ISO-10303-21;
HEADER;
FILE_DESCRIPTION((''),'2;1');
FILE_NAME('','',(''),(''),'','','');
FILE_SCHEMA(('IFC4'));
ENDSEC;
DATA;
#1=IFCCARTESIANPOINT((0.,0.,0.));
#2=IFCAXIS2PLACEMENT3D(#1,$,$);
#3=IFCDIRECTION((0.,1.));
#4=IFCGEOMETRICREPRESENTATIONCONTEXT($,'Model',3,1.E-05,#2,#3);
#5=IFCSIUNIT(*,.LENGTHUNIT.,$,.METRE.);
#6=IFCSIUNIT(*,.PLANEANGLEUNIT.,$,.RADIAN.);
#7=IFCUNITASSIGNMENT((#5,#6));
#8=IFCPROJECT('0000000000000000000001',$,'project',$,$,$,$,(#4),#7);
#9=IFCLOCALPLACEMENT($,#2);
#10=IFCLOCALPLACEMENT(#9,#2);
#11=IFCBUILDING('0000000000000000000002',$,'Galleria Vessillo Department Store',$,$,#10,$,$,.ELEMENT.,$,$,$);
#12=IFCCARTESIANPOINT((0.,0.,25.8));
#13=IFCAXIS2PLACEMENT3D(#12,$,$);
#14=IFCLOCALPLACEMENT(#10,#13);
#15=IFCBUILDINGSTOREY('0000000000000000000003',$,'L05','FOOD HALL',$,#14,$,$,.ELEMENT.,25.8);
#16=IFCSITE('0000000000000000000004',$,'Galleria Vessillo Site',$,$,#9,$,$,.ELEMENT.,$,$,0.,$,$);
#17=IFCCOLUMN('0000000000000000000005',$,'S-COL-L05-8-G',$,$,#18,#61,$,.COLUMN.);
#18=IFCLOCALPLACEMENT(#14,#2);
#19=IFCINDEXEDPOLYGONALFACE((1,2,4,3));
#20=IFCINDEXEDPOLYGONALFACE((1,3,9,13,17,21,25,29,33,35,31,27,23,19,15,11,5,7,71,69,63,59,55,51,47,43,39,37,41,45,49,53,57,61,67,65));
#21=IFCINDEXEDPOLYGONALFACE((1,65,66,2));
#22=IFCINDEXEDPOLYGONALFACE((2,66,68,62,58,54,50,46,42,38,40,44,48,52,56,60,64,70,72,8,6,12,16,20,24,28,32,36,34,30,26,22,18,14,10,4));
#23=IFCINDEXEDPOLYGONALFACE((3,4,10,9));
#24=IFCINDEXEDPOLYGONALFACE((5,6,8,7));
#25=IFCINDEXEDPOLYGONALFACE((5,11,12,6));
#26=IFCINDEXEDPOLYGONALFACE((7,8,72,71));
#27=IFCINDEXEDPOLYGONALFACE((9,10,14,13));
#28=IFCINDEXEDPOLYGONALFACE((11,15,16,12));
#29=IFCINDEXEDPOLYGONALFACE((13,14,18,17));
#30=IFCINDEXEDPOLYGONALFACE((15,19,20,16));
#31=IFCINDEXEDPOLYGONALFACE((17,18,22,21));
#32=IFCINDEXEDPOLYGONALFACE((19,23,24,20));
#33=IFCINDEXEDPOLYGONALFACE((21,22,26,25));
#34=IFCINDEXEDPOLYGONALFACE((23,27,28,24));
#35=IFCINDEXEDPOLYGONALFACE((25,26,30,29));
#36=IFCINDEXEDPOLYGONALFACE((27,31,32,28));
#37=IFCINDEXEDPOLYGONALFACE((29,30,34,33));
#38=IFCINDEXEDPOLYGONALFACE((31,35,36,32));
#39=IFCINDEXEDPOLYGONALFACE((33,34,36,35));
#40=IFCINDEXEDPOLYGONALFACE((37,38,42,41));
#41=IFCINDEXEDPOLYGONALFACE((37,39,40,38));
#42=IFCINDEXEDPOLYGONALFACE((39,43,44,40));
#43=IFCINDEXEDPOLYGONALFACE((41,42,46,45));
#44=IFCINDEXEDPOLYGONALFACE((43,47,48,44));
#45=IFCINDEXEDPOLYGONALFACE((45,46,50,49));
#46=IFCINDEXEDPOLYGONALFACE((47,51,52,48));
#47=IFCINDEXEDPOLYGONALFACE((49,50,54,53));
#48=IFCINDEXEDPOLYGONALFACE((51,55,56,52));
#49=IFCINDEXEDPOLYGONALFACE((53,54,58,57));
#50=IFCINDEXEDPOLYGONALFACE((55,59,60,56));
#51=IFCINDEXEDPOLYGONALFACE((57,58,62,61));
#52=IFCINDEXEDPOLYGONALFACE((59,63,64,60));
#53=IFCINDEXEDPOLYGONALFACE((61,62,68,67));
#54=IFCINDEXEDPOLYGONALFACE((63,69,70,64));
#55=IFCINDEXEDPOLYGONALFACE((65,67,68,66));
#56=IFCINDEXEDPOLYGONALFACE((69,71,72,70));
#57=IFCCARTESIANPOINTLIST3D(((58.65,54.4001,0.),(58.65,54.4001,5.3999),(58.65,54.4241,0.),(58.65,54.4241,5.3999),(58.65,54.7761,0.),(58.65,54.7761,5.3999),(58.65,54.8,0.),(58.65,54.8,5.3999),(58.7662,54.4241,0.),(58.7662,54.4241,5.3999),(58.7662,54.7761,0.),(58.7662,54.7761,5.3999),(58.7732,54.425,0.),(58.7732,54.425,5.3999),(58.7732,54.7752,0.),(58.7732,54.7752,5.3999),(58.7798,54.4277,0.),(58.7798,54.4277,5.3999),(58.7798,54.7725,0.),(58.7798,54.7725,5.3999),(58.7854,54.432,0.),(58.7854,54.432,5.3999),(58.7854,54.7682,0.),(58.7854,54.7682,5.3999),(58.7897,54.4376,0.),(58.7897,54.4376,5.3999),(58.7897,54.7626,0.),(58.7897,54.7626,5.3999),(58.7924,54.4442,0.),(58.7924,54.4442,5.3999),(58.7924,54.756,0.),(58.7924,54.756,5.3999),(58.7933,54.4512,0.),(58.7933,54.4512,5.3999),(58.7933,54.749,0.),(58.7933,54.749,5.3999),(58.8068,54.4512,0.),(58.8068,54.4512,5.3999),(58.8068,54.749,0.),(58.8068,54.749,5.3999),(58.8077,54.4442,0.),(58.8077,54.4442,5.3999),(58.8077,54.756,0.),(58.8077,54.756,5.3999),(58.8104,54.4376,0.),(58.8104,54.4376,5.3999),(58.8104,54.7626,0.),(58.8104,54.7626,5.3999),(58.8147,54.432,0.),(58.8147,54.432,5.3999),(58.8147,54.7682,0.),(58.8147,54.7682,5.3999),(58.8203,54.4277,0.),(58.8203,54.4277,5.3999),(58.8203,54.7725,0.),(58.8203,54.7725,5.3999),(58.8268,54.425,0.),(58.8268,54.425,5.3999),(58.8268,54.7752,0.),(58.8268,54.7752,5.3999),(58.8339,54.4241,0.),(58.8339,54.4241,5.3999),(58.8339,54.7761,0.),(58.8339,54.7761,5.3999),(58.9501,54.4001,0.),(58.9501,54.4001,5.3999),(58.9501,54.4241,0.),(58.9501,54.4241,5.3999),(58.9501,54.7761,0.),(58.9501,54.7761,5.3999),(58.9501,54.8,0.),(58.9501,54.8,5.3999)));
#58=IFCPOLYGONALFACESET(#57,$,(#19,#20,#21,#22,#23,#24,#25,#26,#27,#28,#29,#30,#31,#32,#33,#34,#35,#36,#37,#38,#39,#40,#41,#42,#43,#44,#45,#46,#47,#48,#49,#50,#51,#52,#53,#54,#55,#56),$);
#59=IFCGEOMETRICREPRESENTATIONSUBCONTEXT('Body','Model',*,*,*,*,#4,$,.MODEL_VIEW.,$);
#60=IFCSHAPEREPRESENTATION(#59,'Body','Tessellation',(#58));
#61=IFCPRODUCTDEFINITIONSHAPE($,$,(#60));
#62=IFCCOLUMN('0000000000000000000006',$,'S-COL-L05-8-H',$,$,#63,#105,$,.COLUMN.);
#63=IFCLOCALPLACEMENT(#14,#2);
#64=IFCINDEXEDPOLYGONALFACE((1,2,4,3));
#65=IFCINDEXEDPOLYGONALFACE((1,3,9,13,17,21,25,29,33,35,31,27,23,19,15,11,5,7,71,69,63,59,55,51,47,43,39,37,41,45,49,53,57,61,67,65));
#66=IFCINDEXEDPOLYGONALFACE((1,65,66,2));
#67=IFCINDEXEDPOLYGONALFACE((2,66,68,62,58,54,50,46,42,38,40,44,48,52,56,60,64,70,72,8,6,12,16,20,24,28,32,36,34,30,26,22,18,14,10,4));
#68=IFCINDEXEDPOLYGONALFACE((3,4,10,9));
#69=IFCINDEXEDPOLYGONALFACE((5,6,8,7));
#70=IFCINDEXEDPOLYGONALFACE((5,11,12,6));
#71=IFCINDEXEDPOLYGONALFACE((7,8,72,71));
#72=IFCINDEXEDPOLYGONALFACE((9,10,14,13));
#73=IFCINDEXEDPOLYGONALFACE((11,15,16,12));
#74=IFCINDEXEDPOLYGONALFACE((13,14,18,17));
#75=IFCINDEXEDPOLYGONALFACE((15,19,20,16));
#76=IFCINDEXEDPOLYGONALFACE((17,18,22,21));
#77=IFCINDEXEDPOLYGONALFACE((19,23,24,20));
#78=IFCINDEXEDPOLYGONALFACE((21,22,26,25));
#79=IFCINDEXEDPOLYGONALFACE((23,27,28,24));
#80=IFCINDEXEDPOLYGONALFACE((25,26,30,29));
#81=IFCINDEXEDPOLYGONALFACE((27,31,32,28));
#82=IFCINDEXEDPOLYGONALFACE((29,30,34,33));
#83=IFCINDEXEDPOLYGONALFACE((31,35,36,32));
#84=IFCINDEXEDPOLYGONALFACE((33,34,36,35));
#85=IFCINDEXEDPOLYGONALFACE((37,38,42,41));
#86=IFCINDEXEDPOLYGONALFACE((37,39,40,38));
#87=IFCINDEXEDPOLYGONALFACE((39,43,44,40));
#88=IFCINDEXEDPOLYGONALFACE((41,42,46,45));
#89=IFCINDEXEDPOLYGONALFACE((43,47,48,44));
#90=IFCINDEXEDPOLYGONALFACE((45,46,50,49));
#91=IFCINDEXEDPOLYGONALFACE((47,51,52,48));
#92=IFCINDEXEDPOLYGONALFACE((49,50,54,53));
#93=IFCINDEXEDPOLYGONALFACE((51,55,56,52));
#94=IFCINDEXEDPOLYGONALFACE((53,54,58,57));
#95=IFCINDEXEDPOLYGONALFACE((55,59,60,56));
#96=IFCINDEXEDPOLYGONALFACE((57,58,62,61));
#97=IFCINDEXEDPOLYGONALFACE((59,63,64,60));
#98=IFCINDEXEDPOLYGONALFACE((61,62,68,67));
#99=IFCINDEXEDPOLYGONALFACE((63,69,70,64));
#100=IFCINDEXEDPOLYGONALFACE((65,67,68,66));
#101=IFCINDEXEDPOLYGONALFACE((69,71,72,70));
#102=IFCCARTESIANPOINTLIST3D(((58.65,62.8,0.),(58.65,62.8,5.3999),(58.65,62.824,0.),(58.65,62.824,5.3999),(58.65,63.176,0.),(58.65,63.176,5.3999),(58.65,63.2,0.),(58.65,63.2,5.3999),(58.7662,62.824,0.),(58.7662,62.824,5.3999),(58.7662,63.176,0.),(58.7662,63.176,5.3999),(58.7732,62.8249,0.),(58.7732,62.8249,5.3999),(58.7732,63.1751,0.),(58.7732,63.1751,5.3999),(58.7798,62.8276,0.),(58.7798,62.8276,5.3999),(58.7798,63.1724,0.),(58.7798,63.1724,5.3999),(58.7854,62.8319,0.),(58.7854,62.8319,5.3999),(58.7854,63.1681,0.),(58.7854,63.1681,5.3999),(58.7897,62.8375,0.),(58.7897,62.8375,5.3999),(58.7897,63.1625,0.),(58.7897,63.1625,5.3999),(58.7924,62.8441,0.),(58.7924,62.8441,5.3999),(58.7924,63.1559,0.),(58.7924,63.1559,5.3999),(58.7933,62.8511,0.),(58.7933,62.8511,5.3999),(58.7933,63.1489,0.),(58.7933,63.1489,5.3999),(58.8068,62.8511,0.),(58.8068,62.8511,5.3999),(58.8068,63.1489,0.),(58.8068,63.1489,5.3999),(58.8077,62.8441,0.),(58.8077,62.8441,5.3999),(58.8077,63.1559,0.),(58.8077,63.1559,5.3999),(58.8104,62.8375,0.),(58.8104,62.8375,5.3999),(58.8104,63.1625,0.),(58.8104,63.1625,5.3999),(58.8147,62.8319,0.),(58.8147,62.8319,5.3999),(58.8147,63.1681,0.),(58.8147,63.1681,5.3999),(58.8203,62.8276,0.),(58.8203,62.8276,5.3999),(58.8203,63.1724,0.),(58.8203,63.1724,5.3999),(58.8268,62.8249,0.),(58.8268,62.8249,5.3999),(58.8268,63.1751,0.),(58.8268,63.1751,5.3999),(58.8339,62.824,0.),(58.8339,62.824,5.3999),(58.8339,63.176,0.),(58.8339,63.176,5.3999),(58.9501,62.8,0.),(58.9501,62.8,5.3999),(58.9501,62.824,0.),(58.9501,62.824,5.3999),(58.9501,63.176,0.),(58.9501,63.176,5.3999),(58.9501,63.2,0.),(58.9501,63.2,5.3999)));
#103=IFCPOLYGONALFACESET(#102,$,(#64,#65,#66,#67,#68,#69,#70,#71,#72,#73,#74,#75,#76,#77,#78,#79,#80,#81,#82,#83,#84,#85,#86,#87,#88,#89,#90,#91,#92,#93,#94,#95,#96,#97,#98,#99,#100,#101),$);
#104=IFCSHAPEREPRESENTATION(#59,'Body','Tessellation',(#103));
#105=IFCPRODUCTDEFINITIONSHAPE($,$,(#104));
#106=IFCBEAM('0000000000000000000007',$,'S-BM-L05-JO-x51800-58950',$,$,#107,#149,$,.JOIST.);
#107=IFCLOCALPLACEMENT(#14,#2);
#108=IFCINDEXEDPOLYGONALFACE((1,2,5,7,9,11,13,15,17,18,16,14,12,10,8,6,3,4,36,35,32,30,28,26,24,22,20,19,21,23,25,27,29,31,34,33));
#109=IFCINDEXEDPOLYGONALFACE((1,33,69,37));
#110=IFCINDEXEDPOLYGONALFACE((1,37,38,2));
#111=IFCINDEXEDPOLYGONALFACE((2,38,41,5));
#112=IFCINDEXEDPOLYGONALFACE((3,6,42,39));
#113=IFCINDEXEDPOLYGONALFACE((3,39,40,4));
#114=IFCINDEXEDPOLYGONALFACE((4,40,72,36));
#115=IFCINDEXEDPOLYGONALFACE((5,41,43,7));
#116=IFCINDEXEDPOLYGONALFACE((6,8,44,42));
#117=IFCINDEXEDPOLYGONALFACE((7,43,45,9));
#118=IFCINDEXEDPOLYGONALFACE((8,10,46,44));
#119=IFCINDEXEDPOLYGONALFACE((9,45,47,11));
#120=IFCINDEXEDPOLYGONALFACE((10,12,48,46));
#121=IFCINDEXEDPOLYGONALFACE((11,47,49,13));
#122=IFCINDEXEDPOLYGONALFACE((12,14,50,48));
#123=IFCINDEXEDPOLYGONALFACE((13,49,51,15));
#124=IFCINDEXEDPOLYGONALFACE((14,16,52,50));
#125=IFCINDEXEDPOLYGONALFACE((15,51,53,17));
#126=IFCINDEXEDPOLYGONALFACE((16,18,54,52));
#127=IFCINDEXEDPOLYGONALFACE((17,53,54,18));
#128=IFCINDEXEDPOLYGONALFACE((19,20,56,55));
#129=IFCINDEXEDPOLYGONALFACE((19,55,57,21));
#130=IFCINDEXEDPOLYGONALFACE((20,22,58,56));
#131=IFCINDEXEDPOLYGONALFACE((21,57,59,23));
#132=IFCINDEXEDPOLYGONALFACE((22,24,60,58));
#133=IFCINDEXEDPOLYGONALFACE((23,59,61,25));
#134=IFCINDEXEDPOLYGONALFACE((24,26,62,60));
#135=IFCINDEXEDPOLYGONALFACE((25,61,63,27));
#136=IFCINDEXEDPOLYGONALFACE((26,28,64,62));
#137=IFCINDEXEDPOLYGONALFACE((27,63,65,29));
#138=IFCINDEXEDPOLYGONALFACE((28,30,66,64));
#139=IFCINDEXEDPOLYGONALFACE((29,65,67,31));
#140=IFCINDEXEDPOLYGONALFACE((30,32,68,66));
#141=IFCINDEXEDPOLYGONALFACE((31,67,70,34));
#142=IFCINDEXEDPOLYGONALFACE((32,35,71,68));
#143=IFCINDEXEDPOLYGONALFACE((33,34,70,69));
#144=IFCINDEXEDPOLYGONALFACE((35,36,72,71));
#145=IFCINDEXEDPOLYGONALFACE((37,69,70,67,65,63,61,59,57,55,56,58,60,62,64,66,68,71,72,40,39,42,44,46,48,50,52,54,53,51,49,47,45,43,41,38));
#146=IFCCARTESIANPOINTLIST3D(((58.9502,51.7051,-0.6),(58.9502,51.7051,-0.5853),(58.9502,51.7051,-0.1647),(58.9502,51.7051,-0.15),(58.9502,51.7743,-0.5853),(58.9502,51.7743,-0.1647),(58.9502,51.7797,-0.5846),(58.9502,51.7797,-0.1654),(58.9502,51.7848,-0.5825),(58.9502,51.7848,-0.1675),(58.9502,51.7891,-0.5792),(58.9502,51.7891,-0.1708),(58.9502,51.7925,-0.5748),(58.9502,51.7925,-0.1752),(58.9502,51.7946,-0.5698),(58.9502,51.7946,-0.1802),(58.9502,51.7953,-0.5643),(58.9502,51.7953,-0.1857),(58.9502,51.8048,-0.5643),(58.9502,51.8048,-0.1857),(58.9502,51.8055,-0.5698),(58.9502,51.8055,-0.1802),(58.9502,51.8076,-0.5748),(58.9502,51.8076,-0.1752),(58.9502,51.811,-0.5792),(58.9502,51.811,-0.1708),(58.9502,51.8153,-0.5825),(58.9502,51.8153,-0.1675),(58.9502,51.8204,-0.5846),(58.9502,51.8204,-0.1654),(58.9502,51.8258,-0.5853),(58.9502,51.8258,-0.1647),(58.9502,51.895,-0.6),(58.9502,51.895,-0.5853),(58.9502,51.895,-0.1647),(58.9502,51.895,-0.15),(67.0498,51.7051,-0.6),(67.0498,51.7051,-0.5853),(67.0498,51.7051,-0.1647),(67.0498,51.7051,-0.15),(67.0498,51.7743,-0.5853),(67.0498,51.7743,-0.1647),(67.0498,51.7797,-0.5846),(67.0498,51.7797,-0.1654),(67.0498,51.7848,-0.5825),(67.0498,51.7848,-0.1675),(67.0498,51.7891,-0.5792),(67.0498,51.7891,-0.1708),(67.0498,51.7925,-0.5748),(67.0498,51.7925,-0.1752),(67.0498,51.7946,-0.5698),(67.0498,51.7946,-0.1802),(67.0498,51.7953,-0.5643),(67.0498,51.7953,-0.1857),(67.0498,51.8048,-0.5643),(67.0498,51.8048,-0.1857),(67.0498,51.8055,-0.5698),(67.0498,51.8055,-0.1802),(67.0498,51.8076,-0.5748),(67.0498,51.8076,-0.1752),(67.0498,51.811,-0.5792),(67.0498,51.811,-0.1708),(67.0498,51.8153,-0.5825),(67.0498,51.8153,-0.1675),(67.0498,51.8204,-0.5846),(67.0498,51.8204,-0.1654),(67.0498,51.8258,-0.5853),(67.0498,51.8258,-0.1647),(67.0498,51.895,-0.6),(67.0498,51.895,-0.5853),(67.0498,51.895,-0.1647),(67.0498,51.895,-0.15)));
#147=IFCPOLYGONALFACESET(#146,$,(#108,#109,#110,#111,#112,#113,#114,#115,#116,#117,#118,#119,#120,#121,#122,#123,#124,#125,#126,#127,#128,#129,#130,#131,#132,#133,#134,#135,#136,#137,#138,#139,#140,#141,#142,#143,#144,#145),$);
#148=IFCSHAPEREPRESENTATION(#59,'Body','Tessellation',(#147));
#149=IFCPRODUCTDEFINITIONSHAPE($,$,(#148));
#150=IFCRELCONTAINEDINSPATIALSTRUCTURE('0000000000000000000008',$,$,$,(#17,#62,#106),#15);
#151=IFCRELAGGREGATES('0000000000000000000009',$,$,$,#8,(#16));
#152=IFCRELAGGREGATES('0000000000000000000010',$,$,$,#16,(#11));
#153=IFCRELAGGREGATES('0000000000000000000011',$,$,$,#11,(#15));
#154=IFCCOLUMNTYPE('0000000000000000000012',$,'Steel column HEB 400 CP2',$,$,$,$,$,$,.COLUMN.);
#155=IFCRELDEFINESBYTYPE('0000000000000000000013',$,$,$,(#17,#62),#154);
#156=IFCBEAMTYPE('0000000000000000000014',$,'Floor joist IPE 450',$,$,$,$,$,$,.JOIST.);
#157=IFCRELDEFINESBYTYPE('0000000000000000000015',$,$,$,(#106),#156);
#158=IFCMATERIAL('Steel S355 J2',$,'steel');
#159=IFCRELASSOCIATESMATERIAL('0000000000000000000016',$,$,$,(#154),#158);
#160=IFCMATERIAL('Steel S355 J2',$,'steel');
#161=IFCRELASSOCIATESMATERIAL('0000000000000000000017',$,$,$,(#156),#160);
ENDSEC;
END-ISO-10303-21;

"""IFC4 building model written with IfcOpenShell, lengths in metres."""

from ifc_helpers import new_model, si_unit, direction, frame, origin, origin_2d, place, context, subcontext, project, spatial, i_section, extrude, material, material_profile, profile_set, type_object, element, save


model = new_model("IFC4")

# Units and contexts
model_context = context("Model", 3, precision=1e-05, world=origin(), true_north=direction((0.0, 1.0)))
body_context = subcontext(model_context, "Body", "Model", "MODEL_VIEW")
ifc_project = project(units=[si_unit("LENGTHUNIT", "METRE"), si_unit("PLANEANGLEUNIT", "RADIAN")], contexts=[model_context])

# Site, building, storey
site_placement = place(None, origin())
site = spatial("IfcSite", under=ifc_project, at=site_placement, Name="Galleria Vessillo Site", CompositionType="ELEMENT", RefElevation=0.0)
building_placement = place(site_placement, origin())
building = spatial("IfcBuilding", under=site, at=building_placement, Name="Galleria Vessillo Department Store", CompositionType="ELEMENT")
storey_placement = place(building_placement, frame((0.0, 0.0, 25.8)))
storey = spatial("IfcBuildingStorey", under=building, at=storey_placement, Name="L05", Description="FOOD HALL", CompositionType="ELEMENT", Elevation=25.8)

# Columns
ifc_material_1 = material(Name="Steel S355 J2", Category="steel")
ifc_material_profile_1 = material_profile(ifc_material_1, i_section(OverallWidth=0.3, OverallDepth=0.3999, WebThickness=0.0134, FlangeThickness=0.0239, FilletRadius=0.0271, at=origin_2d()), Name="HEB 400")
ifc_profile_set_1 = profile_set([ifc_material_profile_1], Name="Steel S355 J2")
column_type = type_object("IfcColumnType", Name="Steel column HEB 400 CP2", PredefinedType="COLUMN", material=ifc_profile_set_1)
for number, where, z_axis, x_axis, name in (
    (1, (58.8, 54.6001, 0.0), (0.0, 0.0, 1.0), (1.0, 0.0, 0.0), "S-COL-L05-8-G"),
    (2, (58.8, 63.0, 0.0), (0.0, 0.0, 1.0), (1.0, 0.0, 0.0), "S-COL-L05-8-H"),
):
    element("IfcColumn", number, at=place(storey_placement, frame(where, z_axis=z_axis, x_axis=x_axis)), inside=storey, type_object=column_type, Name=name, PredefinedType="COLUMN", context=body_context, shape_type="SweptSolid", body=[
        extrude(i_section(OverallWidth=0.3, OverallDepth=0.3999, WebThickness=0.0134, FlangeThickness=0.0239, FilletRadius=0.0271, at=origin_2d()), origin(), (0.0, 0.0, 1.0), 5.3999),
    ])

# Beam
ifc_material_2 = material(Name="Steel S355 J2", Category="steel")
ifc_material_profile_2 = material_profile(ifc_material_2, i_section(OverallWidth=0.1899, OverallDepth=0.45, WebThickness=0.0095, FlangeThickness=0.0146, FilletRadius=0.021, at=origin_2d()), Name="IPE 450")
ifc_profile_set_2 = profile_set([ifc_material_profile_2], Name="Steel S355 J2")
beam_type = type_object("IfcBeamType", Name="Floor joist IPE 450", PredefinedType="JOIST", material=ifc_profile_set_2)
beam_placement = place(storey_placement, frame((58.9502, 51.8, -0.375), z_axis=(1.0, 0.0, 0.0), x_axis=(0.0, 1.0, 0.0)))
element("IfcBeam", 3, at=beam_placement, inside=storey, type_object=beam_type, Name="S-BM-L05-JO-x51800-58950", PredefinedType="JOIST", context=body_context, shape_type="SweptSolid", body=[
    extrude(i_section(OverallWidth=0.1899, OverallDepth=0.45, WebThickness=0.0095, FlangeThickness=0.0146, FilletRadius=0.021, at=origin_2d()), origin(), (0.0, 0.0, 1.0), 8.0996),
])

save(model, "model.ifc")
